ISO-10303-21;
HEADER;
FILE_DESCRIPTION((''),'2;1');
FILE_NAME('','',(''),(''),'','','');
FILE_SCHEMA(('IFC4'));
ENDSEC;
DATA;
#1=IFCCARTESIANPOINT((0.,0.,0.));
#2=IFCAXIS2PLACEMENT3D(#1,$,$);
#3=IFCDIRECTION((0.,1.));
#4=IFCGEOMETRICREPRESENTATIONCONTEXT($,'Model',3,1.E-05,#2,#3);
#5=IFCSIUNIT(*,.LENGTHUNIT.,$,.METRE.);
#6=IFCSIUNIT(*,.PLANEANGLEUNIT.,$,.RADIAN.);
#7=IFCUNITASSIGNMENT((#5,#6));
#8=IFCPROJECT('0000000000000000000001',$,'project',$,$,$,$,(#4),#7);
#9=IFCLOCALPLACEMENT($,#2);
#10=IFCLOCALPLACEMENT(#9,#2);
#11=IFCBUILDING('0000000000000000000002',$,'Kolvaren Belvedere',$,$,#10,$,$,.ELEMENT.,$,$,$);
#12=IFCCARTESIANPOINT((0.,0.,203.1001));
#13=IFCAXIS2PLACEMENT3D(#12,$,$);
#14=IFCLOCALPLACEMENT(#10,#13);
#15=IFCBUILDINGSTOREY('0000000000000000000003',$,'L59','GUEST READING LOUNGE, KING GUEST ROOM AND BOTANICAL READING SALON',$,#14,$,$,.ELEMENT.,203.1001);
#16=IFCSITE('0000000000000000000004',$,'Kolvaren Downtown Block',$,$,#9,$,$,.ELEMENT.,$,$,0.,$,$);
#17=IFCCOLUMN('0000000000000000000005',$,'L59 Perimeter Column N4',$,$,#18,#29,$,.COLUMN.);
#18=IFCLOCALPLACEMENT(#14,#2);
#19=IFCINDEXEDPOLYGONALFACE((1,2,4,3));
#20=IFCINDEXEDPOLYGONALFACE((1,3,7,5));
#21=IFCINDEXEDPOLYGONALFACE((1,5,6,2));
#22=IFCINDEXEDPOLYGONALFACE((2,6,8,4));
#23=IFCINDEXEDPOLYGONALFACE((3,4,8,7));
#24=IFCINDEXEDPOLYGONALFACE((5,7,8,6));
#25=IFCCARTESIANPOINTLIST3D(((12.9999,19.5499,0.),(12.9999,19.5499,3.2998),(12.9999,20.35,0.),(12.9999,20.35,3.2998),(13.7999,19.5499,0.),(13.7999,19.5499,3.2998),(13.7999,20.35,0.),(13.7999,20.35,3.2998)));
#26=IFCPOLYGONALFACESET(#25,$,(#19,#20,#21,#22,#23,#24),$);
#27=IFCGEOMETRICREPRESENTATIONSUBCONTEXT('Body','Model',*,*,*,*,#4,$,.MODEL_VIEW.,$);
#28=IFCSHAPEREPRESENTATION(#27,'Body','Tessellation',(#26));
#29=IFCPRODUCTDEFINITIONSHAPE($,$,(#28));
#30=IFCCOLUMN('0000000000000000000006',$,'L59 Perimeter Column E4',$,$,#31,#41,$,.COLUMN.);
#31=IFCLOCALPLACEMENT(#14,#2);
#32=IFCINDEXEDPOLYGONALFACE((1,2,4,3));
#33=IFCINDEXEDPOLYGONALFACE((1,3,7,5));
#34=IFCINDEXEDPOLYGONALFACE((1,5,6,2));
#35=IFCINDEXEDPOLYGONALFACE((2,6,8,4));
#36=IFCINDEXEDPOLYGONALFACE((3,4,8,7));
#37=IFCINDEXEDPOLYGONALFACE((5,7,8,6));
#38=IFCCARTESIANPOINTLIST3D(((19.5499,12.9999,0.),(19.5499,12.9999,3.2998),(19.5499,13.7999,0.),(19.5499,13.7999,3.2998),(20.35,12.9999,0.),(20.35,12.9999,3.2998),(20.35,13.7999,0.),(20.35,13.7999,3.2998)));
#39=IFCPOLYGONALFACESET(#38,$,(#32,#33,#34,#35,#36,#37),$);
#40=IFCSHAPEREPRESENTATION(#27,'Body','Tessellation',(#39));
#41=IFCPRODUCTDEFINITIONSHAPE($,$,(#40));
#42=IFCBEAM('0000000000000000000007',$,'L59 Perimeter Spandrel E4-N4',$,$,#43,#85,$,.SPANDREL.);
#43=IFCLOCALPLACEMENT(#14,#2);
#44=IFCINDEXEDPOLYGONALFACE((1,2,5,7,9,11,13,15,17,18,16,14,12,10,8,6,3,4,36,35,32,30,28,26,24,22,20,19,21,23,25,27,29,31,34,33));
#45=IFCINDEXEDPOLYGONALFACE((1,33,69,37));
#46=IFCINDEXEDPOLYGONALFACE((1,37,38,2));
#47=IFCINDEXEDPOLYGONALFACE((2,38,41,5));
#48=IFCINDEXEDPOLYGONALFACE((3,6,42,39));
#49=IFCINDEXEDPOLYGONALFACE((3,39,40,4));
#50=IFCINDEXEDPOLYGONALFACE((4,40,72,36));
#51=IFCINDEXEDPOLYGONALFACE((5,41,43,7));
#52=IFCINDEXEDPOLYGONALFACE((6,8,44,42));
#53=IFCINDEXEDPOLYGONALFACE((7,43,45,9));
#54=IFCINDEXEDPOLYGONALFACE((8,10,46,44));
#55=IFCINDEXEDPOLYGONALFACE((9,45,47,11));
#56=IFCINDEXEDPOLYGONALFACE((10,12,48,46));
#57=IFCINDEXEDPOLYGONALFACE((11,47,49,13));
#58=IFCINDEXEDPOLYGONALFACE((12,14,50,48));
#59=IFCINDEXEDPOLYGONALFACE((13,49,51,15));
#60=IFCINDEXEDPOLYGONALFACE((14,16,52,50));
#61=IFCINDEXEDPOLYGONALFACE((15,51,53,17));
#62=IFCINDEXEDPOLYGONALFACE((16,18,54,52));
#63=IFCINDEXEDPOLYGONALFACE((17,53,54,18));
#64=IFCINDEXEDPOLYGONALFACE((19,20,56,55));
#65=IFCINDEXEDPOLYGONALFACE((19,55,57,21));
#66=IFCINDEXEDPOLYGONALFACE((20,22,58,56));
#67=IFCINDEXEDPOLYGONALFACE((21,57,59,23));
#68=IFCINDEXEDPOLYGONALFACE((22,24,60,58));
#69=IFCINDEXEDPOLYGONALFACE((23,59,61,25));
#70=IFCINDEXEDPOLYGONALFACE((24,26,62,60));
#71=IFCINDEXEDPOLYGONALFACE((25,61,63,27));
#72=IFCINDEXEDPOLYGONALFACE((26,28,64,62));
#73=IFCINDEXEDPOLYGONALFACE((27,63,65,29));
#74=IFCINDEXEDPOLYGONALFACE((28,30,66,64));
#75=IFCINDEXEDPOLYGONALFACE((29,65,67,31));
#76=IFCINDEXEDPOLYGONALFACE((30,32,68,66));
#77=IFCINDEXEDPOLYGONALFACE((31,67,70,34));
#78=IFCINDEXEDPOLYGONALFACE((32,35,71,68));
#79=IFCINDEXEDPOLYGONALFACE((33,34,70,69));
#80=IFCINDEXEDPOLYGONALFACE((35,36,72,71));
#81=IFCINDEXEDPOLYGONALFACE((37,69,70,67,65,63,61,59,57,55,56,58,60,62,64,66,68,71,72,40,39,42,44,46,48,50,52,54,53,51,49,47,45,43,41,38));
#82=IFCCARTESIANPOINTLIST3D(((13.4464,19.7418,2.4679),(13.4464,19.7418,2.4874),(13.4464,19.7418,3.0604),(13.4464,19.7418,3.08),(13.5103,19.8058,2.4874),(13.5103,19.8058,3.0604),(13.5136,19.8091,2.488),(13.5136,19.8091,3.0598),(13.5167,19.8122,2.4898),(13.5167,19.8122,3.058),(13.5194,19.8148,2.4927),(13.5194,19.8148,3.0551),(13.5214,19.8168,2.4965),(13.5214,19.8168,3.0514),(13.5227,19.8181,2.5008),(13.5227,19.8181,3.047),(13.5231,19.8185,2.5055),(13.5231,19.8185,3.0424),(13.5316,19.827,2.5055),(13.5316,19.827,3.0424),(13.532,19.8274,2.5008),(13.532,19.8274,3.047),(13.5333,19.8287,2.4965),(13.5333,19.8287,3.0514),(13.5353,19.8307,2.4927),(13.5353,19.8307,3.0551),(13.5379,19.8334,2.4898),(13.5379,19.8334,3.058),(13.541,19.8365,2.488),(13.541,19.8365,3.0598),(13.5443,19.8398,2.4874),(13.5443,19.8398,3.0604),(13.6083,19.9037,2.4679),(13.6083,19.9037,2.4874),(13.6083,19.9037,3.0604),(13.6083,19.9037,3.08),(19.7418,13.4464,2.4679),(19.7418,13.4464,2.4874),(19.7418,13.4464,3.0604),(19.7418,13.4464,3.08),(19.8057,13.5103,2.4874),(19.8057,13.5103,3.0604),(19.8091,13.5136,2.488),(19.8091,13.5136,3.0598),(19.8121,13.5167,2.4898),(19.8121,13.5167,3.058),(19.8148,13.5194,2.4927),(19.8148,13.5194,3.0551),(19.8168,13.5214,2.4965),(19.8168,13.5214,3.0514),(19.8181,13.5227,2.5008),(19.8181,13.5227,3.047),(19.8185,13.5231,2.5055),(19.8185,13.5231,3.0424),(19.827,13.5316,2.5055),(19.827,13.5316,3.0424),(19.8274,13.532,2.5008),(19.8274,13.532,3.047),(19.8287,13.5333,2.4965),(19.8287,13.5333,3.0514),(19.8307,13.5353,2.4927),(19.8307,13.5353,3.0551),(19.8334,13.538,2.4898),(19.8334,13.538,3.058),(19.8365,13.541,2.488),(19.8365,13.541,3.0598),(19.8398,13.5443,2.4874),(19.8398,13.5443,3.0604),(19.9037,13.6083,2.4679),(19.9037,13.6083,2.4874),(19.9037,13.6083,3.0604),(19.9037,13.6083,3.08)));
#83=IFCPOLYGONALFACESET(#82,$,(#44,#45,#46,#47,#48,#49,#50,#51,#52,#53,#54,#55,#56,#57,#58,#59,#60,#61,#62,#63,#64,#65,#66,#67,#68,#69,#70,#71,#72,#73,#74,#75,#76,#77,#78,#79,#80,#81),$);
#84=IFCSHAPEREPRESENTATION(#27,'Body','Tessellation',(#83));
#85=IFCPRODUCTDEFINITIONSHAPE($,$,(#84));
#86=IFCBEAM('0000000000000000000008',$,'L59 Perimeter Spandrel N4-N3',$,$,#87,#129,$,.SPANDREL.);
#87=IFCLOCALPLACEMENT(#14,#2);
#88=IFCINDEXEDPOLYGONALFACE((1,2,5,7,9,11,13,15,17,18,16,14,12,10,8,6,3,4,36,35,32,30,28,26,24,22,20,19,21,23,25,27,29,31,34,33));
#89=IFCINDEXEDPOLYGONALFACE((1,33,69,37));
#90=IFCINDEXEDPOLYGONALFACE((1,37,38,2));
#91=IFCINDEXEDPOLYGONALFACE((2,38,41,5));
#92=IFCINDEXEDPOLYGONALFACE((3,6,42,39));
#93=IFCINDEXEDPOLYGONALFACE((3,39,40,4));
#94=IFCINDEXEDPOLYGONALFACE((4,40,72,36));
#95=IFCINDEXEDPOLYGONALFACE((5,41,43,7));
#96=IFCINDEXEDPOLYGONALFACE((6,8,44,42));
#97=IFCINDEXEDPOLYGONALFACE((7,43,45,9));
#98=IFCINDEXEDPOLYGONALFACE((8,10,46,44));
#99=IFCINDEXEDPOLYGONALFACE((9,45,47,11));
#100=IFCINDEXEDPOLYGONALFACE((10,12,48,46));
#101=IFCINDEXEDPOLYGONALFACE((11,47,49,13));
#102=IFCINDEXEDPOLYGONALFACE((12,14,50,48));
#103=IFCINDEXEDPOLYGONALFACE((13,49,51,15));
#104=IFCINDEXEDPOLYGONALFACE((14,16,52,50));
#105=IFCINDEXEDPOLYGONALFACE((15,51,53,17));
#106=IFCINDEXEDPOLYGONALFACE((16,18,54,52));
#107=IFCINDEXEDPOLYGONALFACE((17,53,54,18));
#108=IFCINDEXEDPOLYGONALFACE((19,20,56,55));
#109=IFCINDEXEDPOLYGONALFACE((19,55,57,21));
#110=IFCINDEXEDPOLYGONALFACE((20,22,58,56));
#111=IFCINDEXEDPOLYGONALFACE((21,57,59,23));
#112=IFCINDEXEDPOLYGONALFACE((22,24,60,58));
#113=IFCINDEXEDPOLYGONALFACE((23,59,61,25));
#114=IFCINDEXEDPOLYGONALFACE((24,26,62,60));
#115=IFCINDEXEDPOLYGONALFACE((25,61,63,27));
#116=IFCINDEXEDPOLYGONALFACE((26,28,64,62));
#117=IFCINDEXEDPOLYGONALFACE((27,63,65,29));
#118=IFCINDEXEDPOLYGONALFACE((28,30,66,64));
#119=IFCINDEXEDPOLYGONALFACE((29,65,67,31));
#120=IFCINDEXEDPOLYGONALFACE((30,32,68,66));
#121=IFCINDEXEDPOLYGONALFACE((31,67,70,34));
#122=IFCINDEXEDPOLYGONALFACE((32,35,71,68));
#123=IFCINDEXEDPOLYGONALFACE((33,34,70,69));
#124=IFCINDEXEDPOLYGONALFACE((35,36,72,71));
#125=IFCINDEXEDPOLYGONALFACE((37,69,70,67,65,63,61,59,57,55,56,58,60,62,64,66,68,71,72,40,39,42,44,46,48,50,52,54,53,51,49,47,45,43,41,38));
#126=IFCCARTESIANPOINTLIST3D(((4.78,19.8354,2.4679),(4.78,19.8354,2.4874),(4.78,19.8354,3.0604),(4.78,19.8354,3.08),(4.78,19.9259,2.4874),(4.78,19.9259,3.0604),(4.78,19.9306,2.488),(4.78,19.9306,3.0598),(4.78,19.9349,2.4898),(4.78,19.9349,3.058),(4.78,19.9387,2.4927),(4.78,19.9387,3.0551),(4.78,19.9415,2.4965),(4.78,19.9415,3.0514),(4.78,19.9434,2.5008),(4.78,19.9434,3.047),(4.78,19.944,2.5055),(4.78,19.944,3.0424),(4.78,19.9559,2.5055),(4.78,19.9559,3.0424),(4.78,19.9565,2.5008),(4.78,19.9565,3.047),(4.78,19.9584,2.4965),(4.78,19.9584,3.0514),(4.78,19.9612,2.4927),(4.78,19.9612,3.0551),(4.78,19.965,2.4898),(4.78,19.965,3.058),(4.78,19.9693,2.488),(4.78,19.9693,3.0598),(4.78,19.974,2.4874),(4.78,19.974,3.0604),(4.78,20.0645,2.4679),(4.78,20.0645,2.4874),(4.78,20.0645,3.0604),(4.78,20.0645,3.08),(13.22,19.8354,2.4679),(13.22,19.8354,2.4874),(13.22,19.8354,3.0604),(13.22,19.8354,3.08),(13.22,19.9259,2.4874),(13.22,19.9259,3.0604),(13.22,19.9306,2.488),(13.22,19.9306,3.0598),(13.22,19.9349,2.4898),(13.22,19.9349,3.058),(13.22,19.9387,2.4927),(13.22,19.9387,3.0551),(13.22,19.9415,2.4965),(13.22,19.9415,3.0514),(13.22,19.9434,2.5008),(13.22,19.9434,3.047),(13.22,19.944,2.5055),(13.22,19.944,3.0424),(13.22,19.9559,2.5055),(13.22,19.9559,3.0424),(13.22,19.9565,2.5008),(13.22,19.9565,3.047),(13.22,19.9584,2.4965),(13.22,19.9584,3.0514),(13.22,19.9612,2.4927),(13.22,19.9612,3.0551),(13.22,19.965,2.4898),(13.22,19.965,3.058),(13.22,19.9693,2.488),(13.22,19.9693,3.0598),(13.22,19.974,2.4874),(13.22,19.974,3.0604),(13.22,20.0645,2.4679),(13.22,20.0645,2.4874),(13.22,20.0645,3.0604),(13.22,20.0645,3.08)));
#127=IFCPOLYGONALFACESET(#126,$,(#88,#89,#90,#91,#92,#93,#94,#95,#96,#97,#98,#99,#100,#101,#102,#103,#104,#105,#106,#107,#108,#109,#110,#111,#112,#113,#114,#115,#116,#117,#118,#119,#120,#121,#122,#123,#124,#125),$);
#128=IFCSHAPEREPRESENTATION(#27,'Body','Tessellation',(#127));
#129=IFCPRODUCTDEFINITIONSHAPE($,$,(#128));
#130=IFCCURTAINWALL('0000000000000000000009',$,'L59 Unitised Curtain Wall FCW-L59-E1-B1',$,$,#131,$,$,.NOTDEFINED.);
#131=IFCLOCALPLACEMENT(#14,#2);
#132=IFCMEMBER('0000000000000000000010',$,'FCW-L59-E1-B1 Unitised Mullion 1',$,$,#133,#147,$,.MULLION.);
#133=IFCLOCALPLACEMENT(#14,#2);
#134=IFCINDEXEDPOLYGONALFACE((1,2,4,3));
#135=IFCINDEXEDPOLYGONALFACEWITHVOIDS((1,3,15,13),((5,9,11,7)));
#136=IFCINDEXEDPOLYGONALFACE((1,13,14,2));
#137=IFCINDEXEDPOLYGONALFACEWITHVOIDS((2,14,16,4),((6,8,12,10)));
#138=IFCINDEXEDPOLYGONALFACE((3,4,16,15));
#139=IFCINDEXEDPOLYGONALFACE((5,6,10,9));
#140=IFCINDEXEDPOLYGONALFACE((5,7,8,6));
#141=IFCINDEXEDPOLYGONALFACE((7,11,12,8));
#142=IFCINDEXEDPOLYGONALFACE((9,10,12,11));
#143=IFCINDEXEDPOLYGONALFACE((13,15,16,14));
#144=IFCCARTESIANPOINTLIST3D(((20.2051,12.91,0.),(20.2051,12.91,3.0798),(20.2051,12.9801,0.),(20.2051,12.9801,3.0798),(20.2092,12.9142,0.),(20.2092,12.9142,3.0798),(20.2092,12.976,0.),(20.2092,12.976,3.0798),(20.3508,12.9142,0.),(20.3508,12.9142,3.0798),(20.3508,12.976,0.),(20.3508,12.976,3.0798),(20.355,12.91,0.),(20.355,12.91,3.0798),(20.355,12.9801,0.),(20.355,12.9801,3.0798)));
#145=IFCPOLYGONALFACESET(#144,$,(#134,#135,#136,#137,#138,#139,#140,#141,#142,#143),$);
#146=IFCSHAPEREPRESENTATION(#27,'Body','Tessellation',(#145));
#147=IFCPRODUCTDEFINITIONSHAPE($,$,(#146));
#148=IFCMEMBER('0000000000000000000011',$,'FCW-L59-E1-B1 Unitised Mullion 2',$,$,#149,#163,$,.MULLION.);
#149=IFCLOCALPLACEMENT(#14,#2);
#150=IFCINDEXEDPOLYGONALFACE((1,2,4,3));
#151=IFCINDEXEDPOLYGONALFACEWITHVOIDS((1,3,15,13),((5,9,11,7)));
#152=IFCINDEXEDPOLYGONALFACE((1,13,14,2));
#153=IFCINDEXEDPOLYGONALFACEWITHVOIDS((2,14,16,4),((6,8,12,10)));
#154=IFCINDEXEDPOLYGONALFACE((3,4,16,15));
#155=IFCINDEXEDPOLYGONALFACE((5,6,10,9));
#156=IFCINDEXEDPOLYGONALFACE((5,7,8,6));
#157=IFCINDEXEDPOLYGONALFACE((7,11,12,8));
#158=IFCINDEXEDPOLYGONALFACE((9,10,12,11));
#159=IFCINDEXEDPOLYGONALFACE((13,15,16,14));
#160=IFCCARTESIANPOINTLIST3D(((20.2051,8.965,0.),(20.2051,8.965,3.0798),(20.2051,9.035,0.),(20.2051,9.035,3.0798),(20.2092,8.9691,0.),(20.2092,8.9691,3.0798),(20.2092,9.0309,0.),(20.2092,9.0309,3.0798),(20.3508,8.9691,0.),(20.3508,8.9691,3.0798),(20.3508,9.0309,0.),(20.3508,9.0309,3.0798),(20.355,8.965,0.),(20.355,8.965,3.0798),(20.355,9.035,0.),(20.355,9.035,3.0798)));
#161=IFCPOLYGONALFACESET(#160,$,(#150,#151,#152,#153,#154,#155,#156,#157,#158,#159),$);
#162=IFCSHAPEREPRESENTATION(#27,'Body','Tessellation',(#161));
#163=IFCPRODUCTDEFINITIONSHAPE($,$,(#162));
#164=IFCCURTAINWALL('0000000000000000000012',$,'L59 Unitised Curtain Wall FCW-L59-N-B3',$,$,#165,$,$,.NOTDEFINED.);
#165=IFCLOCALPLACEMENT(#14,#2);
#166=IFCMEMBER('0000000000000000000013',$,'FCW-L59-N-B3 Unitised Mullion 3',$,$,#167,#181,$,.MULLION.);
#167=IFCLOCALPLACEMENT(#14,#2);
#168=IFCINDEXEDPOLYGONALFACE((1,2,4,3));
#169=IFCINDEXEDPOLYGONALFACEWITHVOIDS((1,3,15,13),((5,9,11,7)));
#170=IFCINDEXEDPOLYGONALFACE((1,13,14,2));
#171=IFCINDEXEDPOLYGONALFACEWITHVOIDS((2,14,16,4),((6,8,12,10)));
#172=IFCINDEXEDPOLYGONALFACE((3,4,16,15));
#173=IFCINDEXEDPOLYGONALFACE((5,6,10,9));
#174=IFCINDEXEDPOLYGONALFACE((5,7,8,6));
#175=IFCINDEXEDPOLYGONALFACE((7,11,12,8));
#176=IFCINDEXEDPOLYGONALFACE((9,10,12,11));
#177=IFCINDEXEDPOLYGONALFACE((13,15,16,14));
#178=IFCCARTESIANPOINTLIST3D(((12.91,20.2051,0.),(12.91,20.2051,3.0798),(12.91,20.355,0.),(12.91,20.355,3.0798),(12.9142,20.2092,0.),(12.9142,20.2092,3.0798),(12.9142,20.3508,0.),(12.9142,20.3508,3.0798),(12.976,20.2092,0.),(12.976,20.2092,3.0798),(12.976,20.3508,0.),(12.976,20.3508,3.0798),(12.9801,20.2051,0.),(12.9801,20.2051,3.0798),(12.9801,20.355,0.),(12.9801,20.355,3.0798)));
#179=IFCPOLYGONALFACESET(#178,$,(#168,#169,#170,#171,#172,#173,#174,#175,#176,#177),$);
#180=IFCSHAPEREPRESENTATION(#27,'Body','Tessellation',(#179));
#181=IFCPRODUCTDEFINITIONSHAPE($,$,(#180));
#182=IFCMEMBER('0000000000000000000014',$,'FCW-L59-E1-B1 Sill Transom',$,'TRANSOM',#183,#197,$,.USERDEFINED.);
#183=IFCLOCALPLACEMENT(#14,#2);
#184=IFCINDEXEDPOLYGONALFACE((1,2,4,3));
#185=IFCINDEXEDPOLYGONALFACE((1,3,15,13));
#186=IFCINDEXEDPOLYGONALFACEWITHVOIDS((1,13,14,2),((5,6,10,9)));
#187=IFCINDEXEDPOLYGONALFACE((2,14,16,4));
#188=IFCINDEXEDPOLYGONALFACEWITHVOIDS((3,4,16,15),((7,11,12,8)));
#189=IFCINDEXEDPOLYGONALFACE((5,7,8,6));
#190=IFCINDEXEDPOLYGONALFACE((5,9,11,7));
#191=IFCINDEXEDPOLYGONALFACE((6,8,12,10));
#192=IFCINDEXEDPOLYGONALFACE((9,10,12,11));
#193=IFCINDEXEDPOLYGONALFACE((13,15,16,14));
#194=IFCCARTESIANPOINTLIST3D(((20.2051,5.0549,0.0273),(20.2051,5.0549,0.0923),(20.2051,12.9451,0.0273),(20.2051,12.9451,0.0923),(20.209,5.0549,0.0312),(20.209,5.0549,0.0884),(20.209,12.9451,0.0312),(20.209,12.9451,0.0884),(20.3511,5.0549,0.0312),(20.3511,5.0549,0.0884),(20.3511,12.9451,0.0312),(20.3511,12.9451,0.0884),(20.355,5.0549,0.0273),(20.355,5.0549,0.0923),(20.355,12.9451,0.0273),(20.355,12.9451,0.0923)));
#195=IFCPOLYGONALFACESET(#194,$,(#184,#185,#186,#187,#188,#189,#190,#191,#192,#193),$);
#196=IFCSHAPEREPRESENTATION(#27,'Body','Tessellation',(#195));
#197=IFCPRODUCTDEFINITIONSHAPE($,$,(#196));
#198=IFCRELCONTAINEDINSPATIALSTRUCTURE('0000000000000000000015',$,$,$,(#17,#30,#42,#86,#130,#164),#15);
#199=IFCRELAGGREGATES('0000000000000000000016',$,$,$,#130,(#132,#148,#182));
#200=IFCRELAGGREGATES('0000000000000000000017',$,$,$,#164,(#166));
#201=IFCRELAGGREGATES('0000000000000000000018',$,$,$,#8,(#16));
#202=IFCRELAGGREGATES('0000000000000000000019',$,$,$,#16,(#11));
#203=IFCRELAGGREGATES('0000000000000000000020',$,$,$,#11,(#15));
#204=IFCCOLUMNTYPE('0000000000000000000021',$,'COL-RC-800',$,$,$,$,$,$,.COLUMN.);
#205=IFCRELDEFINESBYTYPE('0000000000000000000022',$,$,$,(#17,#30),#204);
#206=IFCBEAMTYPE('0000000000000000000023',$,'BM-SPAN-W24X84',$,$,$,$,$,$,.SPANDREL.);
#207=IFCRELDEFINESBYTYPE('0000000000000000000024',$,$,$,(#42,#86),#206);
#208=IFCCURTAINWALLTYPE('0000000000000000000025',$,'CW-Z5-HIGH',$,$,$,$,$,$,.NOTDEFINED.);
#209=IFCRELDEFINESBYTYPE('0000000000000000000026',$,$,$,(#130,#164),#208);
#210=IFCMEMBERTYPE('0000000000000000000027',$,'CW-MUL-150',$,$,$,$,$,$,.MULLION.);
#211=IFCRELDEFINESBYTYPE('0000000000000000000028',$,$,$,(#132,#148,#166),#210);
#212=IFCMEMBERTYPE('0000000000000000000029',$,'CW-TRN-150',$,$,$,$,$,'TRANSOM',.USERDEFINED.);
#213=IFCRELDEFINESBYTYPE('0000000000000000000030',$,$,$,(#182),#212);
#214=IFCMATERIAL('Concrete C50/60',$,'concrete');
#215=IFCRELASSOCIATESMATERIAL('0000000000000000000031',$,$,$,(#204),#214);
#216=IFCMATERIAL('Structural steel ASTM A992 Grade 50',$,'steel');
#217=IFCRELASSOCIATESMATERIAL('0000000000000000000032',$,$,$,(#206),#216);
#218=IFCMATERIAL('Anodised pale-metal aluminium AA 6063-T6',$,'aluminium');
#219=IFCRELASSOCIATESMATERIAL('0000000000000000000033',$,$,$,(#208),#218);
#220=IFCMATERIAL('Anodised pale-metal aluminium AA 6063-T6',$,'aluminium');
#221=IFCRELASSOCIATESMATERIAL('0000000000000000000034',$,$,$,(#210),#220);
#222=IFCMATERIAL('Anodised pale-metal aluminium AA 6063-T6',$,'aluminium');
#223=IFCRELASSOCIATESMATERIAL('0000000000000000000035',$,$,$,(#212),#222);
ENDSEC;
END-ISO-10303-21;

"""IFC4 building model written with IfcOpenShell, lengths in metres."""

from ifc_helpers import new_model, si_unit, direction, frame, origin, origin_2d, place, context, subcontext, project, spatial, rectangle, hollow_rectangle, i_section, extrude, material, material_profile, profile_set, type_object, element, aggregate, save


model = new_model("IFC4")

# Units and contexts
model_context = context("Model", 3, precision=1e-05, world=origin(), true_north=direction((0.0, 1.0)))
body_context = subcontext(model_context, "Body", "Model", "MODEL_VIEW")
ifc_project = project(units=[si_unit("LENGTHUNIT", "METRE"), si_unit("PLANEANGLEUNIT", "RADIAN")], contexts=[model_context])

# Site, building, storey
site_placement = place(None, origin())
site = spatial("IfcSite", under=ifc_project, at=site_placement, Name="Kolvaren Downtown Block", CompositionType="ELEMENT", RefElevation=0.0)
building_placement = place(site_placement, origin())
building = spatial("IfcBuilding", under=site, at=building_placement, Name="Kolvaren Belvedere", CompositionType="ELEMENT")
storey_placement = place(building_placement, frame((0.0, 0.0, 203.1001)))
storey = spatial("IfcBuildingStorey", under=building, at=storey_placement, Name="L59", Description="GUEST READING LOUNGE, KING GUEST ROOM AND BOTANICAL READING SALON", CompositionType="ELEMENT", Elevation=203.1001)

# Columns
ifc_material_1 = material(Name="Concrete C50/60", Category="concrete")
ifc_material_profile_1 = material_profile(ifc_material_1, rectangle(XDim=0.8, YDim=0.8, at=origin_2d()), Name="RC 800X800")
ifc_profile_set_1 = profile_set([ifc_material_profile_1], Name="Concrete C50/60")
column_type = type_object("IfcColumnType", Name="COL-RC-800", PredefinedType="COLUMN", material=ifc_profile_set_1)
for number, where, z_axis, x_axis, name in (
    (1, (13.3999, 19.95, 0.0), (0.0, 0.0, 1.0), (1.0, 0.0, 0.0), "L59 Perimeter Column N4"),
    (2, (19.95, 13.3999, 0.0), (0.0, 0.0, 1.0), (1.0, 0.0, 0.0), "L59 Perimeter Column E4"),
):
    element("IfcColumn", number, at=place(storey_placement, frame(where, z_axis=z_axis, x_axis=x_axis)), inside=storey, type_object=column_type, Name=name, PredefinedType="COLUMN", context=body_context, shape_type="SweptSolid", body=[
        extrude(rectangle(XDim=0.8, YDim=0.8, at=origin_2d()), origin(), (0.0, 0.0, 1.0), 3.2998),
    ])

# Beams
ifc_material_2 = material(Name="Structural steel ASTM A992 Grade 50", Category="steel")
ifc_material_profile_2 = material_profile(ifc_material_2, i_section(OverallWidth=0.229, OverallDepth=0.6121, WebThickness=0.012, FlangeThickness=0.0195, FilletRadius=0.0181, at=origin_2d()), Name="W24X84")
ifc_profile_set_2 = profile_set([ifc_material_profile_2], Name="Structural steel ASTM A992 Grade 50")
beam_type = type_object("IfcBeamType", Name="BM-SPAN-W24X84", PredefinedType="SPANDREL", material=ifc_profile_set_2)
beam_1_placement = place(storey_placement, frame((19.8228, 13.5273, 2.7739), z_axis=(-0.707107, 0.707107, 0.0), x_axis=(-0.707107, -0.707107, 0.0)))
element("IfcBeam", 3, at=beam_1_placement, inside=storey, type_object=beam_type, Name="L59 Perimeter Spandrel E4-N4", PredefinedType="SPANDREL", context=body_context, shape_type="SweptSolid", body=[
    extrude(i_section(OverallWidth=0.229, OverallDepth=0.6121, WebThickness=0.012, FlangeThickness=0.0195, FilletRadius=0.0181, at=origin_2d()), origin(), (0.0, 0.0, 1.0), 8.9031),
])
beam_2_placement = place(storey_placement, frame((13.22, 19.95, 2.7739), z_axis=(-1.0, 0.0, 0.0), x_axis=(0.0, -1.0, 0.0)))
element("IfcBeam", 4, at=beam_2_placement, inside=storey, type_object=beam_type, Name="L59 Perimeter Spandrel N4-N3", PredefinedType="SPANDREL", context=body_context, shape_type="SweptSolid", body=[
    extrude(i_section(OverallWidth=0.229, OverallDepth=0.6121, WebThickness=0.012, FlangeThickness=0.0195, FilletRadius=0.0181, at=origin_2d()), origin(), (0.0, 0.0, 1.0), 8.4399),
])

# Curtain wall, members
ifc_material_3 = material(Name="Anodised pale-metal aluminium AA 6063-T6", Category="aluminium")
curtain_wall_type = type_object("IfcCurtainWallType", Name="CW-Z5-HIGH", PredefinedType="NOTDEFINED", material=ifc_material_3)
curtain_wall_1_placement = place(storey_placement, origin())
curtain_wall_1 = element("IfcCurtainWall", 5, at=curtain_wall_1_placement, inside=storey, type_object=curtain_wall_type, Name="L59 Unitised Curtain Wall FCW-L59-E1-B1", PredefinedType="NOTDEFINED")
ifc_material_4 = material(Name="Anodised pale-metal aluminium AA 6063-T6", Category="aluminium")
ifc_material_profile_3 = material_profile(ifc_material_4, hollow_rectangle(XDim=0.0701, YDim=0.1499, WallThickness=0.0042, at=origin_2d()), Name="ALU-MUL-150X70")
ifc_profile_set_3 = profile_set([ifc_material_profile_3], Name="Anodised pale-metal aluminium AA 6063-T6")
member_type_1 = type_object("IfcMemberType", Name="CW-MUL-150", PredefinedType="MULLION", material=ifc_profile_set_3)
member_1_placement = place(storey_placement, frame((20.28, 12.9451, 0.0), z_axis=(0.0, 0.0, 1.0), x_axis=(0.0, 1.0, 0.0)))
member_1 = element("IfcMember", 6, at=member_1_placement, type_object=member_type_1, Name="FCW-L59-E1-B1 Unitised Mullion 1", PredefinedType="MULLION", context=body_context, shape_type="SweptSolid", body=[
    extrude(hollow_rectangle(XDim=0.0701, YDim=0.1499, WallThickness=0.0042, at=origin_2d()), origin(), (0.0, 0.0, 1.0), 3.0798),
])
member_2_placement = place(storey_placement, frame((20.28, 9.0, 0.0), z_axis=(0.0, 0.0, 1.0), x_axis=(0.0, 1.0, 0.0)))
member_2 = element("IfcMember", 7, at=member_2_placement, type_object=member_type_1, Name="FCW-L59-E1-B1 Unitised Mullion 2", PredefinedType="MULLION", context=body_context, shape_type="SweptSolid", body=[
    extrude(hollow_rectangle(XDim=0.0701, YDim=0.1499, WallThickness=0.0042, at=origin_2d()), origin(), (0.0, 0.0, 1.0), 3.0798),
])

# Curtain wall, member
curtain_wall_2_placement = place(storey_placement, origin())
curtain_wall_2 = element("IfcCurtainWall", 8, at=curtain_wall_2_placement, inside=storey, type_object=curtain_wall_type, Name="L59 Unitised Curtain Wall FCW-L59-N-B3", PredefinedType="NOTDEFINED")
member_3_placement = place(storey_placement, frame((12.9451, 20.28, 0.0), z_axis=(0.0, 0.0, 1.0), x_axis=(1.0, 0.0, 0.0)))
member_3 = element("IfcMember", 9, at=member_3_placement, type_object=member_type_1, Name="FCW-L59-N-B3 Unitised Mullion 3", PredefinedType="MULLION", context=body_context, shape_type="SweptSolid", body=[
    extrude(hollow_rectangle(XDim=0.0701, YDim=0.1499, WallThickness=0.0042, at=origin_2d()), origin(), (0.0, 0.0, 1.0), 3.0798),
])

# Member
ifc_material_5 = material(Name="Anodised pale-metal aluminium AA 6063-T6", Category="aluminium")
ifc_material_profile_4 = material_profile(ifc_material_5, hollow_rectangle(XDim=0.0649, YDim=0.1499, WallThickness=0.0039, at=origin_2d()), Name="ALU-TRN-150X65")
ifc_profile_set_4 = profile_set([ifc_material_profile_4], Name="Anodised pale-metal aluminium AA 6063-T6")
member_type_2 = type_object("IfcMemberType", Name="CW-TRN-150", ElementType="TRANSOM", PredefinedType="USERDEFINED", material=ifc_profile_set_4)
member_4_placement = place(storey_placement, frame((20.28, 12.9451, 0.0598), z_axis=(0.0, -1.0, 0.0), x_axis=(0.0, 0.0, 1.0)))
member_4 = element("IfcMember", 10, at=member_4_placement, type_object=member_type_2, Name="FCW-L59-E1-B1 Sill Transom", ObjectType="TRANSOM", PredefinedType="USERDEFINED", context=body_context, shape_type="SweptSolid", body=[
    extrude(hollow_rectangle(XDim=0.0649, YDim=0.1499, WallThickness=0.0039, at=origin_2d()), origin(), (0.0, 0.0, 1.0), 7.8901),
])

aggregate(curtain_wall_1, [member_1, member_2, member_4])
aggregate(curtain_wall_2, [member_3])

save(model, "model.ifc")
